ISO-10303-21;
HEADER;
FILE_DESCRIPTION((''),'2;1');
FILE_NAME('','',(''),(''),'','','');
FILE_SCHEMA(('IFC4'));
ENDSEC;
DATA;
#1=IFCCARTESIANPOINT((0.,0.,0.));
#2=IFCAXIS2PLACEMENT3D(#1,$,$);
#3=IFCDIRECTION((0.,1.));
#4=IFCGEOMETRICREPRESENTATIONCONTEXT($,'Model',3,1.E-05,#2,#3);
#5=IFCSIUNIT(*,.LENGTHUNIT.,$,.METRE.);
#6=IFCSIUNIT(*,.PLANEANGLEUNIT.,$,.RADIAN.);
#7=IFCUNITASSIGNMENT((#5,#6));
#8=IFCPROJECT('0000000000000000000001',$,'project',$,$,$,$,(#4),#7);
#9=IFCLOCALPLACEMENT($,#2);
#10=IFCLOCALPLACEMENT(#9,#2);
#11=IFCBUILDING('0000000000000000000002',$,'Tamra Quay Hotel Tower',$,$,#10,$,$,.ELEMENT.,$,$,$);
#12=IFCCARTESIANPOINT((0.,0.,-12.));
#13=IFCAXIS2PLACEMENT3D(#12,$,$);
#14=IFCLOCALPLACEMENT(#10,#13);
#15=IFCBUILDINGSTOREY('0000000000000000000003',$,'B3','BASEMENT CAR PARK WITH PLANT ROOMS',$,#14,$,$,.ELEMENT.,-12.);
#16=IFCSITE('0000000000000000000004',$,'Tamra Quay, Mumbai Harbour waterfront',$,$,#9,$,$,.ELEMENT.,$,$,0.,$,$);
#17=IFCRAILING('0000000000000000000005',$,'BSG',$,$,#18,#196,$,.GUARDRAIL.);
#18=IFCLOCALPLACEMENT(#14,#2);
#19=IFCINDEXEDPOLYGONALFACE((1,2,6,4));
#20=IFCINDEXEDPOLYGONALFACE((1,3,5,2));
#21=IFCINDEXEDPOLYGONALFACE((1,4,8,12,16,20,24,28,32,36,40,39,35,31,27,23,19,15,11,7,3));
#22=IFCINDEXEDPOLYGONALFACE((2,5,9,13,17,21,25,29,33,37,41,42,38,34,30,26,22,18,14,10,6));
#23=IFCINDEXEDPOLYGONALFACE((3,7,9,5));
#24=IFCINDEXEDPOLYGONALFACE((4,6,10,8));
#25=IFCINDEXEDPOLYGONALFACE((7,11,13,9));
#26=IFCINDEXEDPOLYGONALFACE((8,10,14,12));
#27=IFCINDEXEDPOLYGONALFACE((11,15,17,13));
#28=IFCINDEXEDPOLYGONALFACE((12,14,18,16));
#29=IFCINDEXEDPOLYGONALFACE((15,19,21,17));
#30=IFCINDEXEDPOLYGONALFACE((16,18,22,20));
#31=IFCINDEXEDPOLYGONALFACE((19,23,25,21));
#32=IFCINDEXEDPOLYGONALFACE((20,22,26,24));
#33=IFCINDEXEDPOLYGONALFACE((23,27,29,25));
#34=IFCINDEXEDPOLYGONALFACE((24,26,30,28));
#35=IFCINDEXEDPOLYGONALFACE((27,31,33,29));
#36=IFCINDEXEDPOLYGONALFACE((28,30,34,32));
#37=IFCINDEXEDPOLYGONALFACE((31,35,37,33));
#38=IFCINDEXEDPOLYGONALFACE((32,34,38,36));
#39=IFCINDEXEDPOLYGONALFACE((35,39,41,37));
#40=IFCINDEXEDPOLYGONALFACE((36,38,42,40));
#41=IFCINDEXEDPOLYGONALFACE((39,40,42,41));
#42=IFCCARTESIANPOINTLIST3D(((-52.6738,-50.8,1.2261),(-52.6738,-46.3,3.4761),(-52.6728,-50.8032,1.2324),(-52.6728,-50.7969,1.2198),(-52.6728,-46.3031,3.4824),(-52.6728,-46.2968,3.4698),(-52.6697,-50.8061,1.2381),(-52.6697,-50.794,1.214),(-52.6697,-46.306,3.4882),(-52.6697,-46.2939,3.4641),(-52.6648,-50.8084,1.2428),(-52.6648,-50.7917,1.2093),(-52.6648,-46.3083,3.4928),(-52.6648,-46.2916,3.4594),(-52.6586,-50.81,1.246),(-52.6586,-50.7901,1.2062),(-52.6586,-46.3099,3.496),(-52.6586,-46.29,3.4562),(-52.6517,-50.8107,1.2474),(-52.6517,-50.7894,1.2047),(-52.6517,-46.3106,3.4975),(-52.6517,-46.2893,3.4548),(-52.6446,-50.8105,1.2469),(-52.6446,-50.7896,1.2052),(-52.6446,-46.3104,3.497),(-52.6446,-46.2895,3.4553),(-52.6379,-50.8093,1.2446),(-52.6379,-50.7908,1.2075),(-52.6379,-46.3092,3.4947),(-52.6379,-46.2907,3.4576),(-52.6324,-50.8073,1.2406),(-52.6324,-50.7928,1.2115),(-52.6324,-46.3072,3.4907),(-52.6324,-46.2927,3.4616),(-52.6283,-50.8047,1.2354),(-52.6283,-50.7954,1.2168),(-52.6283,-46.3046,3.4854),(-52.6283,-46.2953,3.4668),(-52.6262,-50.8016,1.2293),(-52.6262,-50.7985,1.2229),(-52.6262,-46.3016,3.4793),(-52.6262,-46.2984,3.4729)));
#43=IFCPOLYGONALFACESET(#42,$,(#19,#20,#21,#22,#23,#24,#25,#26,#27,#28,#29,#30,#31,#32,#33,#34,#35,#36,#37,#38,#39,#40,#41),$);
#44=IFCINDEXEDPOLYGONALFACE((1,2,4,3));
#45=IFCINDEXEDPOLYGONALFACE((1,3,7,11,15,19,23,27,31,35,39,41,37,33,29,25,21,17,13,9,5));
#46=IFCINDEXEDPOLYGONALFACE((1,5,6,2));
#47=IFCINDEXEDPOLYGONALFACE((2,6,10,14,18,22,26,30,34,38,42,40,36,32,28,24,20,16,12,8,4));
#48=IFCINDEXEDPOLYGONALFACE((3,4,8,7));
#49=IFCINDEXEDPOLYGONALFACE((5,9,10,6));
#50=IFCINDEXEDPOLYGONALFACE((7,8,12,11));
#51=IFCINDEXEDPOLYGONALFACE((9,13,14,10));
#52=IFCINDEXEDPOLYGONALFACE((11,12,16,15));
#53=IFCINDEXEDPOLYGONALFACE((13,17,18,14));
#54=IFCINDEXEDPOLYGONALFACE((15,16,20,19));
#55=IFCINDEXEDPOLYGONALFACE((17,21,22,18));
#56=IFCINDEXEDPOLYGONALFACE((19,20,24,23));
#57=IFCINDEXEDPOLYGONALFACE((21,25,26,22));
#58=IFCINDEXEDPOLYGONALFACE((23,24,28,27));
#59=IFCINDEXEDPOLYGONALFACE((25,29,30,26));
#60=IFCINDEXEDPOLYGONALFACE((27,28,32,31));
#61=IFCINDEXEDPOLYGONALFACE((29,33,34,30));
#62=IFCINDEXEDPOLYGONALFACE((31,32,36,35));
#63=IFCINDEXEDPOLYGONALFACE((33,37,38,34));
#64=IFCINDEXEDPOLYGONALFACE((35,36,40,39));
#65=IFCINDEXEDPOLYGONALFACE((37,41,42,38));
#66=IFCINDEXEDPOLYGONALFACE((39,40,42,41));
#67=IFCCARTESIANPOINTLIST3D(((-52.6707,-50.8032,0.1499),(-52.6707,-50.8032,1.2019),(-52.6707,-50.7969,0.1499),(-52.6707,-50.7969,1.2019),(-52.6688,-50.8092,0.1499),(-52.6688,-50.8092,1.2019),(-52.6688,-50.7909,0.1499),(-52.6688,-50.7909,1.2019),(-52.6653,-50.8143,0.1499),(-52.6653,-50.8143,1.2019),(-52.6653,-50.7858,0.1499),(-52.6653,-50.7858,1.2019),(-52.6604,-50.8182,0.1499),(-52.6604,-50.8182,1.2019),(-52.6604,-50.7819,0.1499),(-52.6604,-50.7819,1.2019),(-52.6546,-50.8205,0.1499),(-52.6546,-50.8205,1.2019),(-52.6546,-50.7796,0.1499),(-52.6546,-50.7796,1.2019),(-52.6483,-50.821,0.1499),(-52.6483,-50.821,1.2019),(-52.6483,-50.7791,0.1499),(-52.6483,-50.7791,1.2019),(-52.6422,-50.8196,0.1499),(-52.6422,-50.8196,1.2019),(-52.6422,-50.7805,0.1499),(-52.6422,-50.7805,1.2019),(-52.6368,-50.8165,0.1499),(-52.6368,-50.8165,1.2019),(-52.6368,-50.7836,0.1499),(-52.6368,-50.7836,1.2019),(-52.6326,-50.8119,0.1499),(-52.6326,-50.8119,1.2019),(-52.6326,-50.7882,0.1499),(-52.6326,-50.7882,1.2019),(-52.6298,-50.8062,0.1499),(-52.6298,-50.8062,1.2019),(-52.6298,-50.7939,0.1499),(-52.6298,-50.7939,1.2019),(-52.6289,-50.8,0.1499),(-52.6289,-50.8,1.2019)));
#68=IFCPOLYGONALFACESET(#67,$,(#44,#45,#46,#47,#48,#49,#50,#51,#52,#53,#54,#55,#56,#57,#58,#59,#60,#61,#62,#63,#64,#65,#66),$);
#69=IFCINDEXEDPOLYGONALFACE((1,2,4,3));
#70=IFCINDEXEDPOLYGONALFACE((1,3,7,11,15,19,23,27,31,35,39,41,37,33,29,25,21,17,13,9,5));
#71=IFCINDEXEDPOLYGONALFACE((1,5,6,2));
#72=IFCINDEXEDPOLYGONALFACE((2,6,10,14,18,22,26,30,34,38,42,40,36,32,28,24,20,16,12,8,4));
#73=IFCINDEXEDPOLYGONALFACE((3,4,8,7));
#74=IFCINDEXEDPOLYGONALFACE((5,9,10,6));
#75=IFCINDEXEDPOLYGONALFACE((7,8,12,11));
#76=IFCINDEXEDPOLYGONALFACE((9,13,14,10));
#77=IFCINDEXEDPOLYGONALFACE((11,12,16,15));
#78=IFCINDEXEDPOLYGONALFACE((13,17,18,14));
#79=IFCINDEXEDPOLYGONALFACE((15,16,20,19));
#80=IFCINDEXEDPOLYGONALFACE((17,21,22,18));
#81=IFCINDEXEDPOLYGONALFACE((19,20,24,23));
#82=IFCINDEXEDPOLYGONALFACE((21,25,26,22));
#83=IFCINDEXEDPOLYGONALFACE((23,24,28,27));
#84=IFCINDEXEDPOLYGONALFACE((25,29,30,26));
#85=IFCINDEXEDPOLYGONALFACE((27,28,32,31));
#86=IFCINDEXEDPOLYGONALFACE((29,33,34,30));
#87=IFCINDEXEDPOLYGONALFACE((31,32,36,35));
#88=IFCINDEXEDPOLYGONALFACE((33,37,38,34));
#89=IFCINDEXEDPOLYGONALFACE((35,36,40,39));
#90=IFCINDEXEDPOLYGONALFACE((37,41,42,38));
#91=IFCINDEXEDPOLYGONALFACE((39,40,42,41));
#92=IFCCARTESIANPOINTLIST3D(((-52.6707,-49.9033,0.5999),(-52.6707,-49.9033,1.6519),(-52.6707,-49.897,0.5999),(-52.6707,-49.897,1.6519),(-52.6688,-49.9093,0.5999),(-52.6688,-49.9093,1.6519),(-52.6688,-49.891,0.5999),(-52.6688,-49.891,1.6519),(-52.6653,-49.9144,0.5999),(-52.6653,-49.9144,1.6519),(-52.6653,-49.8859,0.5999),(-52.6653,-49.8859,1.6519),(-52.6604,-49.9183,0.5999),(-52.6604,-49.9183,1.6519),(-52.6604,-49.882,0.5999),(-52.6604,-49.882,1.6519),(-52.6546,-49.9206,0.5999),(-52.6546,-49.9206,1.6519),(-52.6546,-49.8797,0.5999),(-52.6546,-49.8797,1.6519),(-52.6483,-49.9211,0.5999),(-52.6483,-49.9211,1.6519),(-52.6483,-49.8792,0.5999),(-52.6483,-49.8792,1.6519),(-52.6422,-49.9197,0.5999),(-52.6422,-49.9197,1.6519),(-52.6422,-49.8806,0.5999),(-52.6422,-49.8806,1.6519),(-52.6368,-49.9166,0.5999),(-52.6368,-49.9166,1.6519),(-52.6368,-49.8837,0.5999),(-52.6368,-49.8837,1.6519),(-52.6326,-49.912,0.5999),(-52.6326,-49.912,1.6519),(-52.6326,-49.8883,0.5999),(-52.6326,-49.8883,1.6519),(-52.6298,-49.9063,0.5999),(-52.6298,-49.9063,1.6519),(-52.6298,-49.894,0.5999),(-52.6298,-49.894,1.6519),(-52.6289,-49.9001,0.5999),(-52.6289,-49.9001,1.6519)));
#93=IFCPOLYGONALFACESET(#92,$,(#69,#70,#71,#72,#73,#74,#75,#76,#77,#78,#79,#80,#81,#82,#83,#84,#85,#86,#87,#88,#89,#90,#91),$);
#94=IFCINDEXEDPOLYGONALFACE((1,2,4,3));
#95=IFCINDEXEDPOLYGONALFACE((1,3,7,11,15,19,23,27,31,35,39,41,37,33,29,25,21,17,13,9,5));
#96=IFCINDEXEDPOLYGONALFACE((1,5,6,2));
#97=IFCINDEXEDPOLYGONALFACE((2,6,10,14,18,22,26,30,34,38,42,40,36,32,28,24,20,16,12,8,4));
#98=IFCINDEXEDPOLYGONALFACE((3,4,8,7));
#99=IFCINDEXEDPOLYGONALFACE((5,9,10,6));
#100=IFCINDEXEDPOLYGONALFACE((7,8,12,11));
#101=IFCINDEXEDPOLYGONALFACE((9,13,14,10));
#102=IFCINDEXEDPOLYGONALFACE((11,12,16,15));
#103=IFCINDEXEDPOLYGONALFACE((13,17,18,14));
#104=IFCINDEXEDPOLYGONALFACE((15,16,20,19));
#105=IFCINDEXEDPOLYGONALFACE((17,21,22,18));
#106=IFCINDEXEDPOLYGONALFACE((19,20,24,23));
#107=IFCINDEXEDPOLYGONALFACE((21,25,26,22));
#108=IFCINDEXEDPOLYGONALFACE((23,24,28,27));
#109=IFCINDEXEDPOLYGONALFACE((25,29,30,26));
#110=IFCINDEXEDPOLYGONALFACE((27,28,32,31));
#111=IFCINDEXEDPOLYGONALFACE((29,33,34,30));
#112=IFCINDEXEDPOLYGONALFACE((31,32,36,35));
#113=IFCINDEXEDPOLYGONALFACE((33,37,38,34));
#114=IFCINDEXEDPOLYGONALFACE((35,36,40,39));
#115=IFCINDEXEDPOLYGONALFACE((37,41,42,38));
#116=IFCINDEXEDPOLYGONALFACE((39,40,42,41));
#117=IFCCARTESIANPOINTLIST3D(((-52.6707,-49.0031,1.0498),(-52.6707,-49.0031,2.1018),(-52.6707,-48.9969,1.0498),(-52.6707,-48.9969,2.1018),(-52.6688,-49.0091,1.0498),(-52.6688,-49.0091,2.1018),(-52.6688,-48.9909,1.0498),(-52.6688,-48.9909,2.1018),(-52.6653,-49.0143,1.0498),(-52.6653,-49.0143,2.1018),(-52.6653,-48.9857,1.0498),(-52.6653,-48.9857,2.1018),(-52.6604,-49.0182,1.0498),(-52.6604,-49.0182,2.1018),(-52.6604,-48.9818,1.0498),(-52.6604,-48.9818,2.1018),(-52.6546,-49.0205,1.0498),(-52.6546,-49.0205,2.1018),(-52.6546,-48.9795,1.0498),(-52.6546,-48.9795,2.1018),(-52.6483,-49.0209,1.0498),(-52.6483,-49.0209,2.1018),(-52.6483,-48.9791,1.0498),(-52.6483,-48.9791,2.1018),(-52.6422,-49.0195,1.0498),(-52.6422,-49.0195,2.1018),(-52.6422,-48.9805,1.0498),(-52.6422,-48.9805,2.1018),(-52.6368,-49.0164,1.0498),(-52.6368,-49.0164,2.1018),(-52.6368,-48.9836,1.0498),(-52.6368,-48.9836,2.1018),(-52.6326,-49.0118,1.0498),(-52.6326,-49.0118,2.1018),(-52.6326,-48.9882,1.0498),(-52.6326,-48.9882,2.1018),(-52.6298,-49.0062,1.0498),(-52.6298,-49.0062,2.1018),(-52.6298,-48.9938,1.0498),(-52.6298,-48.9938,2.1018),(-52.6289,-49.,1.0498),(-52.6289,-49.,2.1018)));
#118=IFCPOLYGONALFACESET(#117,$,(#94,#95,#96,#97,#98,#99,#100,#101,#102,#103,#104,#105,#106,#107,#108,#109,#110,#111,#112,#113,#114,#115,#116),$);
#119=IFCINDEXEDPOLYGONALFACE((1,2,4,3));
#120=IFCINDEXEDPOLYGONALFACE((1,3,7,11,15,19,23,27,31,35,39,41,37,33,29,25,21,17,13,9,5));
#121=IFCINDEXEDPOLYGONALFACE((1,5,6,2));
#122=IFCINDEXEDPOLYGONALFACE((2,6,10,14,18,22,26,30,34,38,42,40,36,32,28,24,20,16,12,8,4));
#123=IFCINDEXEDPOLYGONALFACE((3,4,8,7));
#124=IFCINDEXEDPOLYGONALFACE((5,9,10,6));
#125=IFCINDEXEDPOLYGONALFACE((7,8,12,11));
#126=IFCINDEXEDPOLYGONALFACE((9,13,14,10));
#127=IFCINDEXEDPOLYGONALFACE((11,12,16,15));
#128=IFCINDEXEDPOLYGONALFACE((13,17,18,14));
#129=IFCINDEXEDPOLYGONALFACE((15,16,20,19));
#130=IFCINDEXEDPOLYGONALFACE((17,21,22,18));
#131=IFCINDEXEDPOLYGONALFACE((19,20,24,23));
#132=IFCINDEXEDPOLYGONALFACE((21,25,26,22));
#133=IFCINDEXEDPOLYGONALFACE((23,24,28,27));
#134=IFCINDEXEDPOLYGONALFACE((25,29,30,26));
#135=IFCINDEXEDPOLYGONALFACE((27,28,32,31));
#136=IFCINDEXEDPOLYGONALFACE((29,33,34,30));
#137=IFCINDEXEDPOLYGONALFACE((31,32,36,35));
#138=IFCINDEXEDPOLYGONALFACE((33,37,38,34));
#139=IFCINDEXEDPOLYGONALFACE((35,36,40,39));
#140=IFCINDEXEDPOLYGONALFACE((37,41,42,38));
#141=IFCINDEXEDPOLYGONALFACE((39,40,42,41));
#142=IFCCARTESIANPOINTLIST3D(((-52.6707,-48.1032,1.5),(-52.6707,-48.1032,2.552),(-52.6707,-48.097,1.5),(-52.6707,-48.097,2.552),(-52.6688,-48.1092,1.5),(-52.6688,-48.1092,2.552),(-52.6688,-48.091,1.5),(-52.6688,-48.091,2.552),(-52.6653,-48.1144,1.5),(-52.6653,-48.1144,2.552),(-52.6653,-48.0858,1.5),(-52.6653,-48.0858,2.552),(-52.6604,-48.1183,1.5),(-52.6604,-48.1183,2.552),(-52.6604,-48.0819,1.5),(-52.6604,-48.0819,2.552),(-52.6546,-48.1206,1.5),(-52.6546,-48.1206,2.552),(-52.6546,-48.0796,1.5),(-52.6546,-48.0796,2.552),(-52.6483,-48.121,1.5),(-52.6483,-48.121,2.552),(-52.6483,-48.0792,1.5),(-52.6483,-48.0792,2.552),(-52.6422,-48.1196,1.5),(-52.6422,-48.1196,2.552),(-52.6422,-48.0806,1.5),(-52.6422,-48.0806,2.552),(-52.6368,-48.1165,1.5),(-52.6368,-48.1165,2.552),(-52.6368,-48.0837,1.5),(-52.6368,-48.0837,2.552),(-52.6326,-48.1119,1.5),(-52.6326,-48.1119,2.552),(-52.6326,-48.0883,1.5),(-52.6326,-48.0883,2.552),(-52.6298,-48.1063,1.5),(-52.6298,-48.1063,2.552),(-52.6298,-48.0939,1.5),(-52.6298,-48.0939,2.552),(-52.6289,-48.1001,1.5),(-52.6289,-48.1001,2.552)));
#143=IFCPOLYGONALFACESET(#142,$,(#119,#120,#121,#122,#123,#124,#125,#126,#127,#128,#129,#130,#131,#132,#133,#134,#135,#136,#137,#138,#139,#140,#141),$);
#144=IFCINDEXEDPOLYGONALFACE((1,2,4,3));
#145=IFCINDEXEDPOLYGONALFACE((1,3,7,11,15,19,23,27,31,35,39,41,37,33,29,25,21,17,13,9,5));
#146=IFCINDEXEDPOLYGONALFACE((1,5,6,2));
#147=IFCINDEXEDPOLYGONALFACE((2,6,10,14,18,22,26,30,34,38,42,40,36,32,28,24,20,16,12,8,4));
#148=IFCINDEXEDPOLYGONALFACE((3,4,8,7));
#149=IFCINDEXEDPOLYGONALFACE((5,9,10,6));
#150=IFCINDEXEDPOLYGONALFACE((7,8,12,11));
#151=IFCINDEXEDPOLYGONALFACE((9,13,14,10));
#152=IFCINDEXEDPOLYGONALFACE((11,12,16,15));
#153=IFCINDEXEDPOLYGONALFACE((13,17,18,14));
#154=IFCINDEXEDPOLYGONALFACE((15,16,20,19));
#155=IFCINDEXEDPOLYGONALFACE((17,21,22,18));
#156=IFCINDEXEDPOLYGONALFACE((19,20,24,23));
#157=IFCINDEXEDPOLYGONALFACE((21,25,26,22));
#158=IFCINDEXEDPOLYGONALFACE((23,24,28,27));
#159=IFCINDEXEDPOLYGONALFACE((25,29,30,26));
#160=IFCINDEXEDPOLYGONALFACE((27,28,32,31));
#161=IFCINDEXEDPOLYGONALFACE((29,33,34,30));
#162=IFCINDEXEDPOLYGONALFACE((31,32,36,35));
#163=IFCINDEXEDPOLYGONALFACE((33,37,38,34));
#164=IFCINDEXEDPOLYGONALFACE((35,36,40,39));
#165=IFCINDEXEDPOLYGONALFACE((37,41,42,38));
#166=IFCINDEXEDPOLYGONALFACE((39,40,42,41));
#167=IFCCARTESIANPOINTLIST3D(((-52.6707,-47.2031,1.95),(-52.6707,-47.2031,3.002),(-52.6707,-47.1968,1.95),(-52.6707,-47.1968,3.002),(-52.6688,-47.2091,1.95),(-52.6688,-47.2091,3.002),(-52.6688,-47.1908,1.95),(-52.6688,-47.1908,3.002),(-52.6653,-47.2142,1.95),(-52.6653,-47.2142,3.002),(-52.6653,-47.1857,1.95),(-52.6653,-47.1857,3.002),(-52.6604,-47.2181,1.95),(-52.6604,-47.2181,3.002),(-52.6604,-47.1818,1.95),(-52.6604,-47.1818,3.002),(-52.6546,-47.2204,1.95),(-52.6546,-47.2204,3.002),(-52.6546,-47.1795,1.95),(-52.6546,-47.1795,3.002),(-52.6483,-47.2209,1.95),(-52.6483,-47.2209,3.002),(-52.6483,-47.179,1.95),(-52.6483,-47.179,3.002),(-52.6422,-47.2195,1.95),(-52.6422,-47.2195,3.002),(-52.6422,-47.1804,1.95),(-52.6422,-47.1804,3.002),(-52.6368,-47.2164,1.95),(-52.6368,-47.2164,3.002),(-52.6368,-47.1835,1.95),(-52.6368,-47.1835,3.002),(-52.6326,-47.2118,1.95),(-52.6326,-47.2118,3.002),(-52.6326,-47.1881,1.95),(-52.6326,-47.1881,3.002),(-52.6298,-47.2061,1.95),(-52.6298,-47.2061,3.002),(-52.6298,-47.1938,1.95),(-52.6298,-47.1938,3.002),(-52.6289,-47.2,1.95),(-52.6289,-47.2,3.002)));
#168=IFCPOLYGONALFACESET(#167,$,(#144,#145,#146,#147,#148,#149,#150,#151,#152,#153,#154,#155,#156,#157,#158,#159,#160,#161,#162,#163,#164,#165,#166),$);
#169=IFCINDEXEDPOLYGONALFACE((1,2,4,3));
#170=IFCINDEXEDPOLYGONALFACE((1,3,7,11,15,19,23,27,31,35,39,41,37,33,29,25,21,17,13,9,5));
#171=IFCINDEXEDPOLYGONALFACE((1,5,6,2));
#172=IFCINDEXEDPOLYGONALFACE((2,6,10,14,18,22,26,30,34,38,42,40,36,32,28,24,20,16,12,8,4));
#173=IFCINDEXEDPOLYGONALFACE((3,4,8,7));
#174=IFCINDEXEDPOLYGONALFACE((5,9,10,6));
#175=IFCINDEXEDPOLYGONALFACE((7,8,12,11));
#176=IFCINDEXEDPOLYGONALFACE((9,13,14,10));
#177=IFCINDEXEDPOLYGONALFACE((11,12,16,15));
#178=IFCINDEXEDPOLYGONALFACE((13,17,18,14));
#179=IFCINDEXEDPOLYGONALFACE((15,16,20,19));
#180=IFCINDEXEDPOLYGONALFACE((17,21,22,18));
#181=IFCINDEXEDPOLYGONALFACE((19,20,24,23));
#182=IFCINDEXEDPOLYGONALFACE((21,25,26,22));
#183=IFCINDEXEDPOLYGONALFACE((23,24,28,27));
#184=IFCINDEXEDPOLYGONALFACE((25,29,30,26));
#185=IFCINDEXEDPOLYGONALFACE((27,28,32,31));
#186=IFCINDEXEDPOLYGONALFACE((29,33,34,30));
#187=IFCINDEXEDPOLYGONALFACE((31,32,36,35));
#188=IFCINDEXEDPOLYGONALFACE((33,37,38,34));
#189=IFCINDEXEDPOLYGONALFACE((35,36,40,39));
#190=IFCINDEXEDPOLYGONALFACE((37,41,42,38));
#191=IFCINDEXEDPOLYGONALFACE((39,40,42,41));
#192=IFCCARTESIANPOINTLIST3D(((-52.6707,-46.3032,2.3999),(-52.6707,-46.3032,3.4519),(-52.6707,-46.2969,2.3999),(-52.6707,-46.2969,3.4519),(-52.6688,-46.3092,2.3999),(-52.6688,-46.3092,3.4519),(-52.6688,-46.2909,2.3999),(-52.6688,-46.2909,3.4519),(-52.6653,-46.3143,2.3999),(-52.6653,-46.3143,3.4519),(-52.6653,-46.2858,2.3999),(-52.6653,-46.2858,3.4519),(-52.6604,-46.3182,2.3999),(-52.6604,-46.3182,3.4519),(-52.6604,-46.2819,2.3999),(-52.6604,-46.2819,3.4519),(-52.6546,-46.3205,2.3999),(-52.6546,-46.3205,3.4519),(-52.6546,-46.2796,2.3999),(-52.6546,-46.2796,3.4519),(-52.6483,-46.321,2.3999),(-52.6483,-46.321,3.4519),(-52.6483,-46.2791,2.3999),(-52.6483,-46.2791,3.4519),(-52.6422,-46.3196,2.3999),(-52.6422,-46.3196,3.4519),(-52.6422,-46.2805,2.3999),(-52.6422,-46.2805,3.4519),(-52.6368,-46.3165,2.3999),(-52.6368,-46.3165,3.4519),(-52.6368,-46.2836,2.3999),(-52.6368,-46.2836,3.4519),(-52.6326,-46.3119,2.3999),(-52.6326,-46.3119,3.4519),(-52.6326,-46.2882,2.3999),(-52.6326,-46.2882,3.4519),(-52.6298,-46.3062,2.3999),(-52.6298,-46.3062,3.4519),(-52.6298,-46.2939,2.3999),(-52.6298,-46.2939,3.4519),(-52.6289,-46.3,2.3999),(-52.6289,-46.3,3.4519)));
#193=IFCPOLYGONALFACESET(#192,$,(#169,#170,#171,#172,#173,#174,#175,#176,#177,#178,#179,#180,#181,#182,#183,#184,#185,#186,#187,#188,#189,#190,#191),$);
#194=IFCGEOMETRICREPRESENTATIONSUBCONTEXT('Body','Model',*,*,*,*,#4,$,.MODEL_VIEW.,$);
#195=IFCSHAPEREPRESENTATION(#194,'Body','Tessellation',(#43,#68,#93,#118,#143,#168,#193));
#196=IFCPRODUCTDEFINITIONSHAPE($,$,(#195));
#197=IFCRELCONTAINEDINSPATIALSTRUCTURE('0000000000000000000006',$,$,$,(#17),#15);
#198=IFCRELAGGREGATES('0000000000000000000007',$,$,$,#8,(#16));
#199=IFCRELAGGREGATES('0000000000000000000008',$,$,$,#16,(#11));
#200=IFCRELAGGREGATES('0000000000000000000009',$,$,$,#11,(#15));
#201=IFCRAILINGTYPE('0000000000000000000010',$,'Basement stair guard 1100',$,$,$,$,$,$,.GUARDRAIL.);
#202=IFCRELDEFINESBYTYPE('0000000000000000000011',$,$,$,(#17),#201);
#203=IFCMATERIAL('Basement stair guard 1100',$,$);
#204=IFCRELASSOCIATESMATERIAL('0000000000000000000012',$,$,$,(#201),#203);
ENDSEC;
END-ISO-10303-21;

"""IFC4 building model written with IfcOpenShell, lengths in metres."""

from ifc_helpers import new_model, si_unit, direction, frame, origin, origin_2d, place, context, subcontext, project, spatial, circle, extrude, material, type_object, element, save


model = new_model("IFC4")

# Units and contexts
model_context = context("Model", 3, precision=1e-05, world=origin(), true_north=direction((0.0, 1.0)))
body_context = subcontext(model_context, "Body", "Model", "MODEL_VIEW")
ifc_project = project(units=[si_unit("LENGTHUNIT", "METRE"), si_unit("PLANEANGLEUNIT", "RADIAN")], contexts=[model_context])

# Site, building, storey
site_placement = place(None, origin())
site = spatial("IfcSite", under=ifc_project, at=site_placement, Name="Tamra Quay, Mumbai Harbour waterfront", CompositionType="ELEMENT", RefElevation=0.0)
building_placement = place(site_placement, origin())
building = spatial("IfcBuilding", under=site, at=building_placement, Name="Tamra Quay Hotel Tower", CompositionType="ELEMENT")
storey_placement = place(building_placement, frame((0.0, 0.0, -12.0)))
storey = spatial("IfcBuildingStorey", under=building, at=storey_placement, Name="B3", Description="BASEMENT CAR PARK WITH PLANT ROOMS", CompositionType="ELEMENT", Elevation=-12.0)

# Railing
ifc_material_1 = material(Name="Basement stair guard 1100")
railing_type_1 = type_object("IfcRailingType", Name="Basement stair guard 1100", PredefinedType="GUARDRAIL", material=ifc_material_1)
railing_1_placement = place(storey_placement, frame((-52.6499, -50.8, 0.1499)))
element("IfcRailing", 1, at=railing_1_placement, inside=storey, type_object=railing_type_1, Name="BSG", PredefinedType="GUARDRAIL", context=body_context, shape_type="SweptSolid", body=[
    extrude(circle(Radius=0.0239, at=origin_2d()), frame((0.0, 0.0, 1.0762), z_axis=(0.0, 0.894427, 0.447214), x_axis=(-1.0, 0.0, 0.0)), (0.0, 0.0, 1.0), 5.0312),
    extrude(circle(Radius=0.021, at=origin_2d()), origin(), (0.0, 0.0, 1.0), 1.052),
    extrude(circle(Radius=0.021, at=origin_2d()), frame((0.0, 0.8999, 0.45)), (0.0, 0.0, 1.0), 1.052),
    extrude(circle(Radius=0.021, at=origin_2d()), frame((0.0, 1.8, 0.8999)), (0.0, 0.0, 1.0), 1.052),
    extrude(circle(Radius=0.021, at=origin_2d()), frame((0.0, 2.7, 1.3501)), (0.0, 0.0, 1.0), 1.052),
    extrude(circle(Radius=0.021, at=origin_2d()), frame((0.0, 3.6001, 1.8)), (0.0, 0.0, 1.0), 1.052),
    extrude(circle(Radius=0.021, at=origin_2d()), frame((0.0, 4.5, 2.25)), (0.0, 0.0, 1.0), 1.052),
])

save(model, "model.ifc")
